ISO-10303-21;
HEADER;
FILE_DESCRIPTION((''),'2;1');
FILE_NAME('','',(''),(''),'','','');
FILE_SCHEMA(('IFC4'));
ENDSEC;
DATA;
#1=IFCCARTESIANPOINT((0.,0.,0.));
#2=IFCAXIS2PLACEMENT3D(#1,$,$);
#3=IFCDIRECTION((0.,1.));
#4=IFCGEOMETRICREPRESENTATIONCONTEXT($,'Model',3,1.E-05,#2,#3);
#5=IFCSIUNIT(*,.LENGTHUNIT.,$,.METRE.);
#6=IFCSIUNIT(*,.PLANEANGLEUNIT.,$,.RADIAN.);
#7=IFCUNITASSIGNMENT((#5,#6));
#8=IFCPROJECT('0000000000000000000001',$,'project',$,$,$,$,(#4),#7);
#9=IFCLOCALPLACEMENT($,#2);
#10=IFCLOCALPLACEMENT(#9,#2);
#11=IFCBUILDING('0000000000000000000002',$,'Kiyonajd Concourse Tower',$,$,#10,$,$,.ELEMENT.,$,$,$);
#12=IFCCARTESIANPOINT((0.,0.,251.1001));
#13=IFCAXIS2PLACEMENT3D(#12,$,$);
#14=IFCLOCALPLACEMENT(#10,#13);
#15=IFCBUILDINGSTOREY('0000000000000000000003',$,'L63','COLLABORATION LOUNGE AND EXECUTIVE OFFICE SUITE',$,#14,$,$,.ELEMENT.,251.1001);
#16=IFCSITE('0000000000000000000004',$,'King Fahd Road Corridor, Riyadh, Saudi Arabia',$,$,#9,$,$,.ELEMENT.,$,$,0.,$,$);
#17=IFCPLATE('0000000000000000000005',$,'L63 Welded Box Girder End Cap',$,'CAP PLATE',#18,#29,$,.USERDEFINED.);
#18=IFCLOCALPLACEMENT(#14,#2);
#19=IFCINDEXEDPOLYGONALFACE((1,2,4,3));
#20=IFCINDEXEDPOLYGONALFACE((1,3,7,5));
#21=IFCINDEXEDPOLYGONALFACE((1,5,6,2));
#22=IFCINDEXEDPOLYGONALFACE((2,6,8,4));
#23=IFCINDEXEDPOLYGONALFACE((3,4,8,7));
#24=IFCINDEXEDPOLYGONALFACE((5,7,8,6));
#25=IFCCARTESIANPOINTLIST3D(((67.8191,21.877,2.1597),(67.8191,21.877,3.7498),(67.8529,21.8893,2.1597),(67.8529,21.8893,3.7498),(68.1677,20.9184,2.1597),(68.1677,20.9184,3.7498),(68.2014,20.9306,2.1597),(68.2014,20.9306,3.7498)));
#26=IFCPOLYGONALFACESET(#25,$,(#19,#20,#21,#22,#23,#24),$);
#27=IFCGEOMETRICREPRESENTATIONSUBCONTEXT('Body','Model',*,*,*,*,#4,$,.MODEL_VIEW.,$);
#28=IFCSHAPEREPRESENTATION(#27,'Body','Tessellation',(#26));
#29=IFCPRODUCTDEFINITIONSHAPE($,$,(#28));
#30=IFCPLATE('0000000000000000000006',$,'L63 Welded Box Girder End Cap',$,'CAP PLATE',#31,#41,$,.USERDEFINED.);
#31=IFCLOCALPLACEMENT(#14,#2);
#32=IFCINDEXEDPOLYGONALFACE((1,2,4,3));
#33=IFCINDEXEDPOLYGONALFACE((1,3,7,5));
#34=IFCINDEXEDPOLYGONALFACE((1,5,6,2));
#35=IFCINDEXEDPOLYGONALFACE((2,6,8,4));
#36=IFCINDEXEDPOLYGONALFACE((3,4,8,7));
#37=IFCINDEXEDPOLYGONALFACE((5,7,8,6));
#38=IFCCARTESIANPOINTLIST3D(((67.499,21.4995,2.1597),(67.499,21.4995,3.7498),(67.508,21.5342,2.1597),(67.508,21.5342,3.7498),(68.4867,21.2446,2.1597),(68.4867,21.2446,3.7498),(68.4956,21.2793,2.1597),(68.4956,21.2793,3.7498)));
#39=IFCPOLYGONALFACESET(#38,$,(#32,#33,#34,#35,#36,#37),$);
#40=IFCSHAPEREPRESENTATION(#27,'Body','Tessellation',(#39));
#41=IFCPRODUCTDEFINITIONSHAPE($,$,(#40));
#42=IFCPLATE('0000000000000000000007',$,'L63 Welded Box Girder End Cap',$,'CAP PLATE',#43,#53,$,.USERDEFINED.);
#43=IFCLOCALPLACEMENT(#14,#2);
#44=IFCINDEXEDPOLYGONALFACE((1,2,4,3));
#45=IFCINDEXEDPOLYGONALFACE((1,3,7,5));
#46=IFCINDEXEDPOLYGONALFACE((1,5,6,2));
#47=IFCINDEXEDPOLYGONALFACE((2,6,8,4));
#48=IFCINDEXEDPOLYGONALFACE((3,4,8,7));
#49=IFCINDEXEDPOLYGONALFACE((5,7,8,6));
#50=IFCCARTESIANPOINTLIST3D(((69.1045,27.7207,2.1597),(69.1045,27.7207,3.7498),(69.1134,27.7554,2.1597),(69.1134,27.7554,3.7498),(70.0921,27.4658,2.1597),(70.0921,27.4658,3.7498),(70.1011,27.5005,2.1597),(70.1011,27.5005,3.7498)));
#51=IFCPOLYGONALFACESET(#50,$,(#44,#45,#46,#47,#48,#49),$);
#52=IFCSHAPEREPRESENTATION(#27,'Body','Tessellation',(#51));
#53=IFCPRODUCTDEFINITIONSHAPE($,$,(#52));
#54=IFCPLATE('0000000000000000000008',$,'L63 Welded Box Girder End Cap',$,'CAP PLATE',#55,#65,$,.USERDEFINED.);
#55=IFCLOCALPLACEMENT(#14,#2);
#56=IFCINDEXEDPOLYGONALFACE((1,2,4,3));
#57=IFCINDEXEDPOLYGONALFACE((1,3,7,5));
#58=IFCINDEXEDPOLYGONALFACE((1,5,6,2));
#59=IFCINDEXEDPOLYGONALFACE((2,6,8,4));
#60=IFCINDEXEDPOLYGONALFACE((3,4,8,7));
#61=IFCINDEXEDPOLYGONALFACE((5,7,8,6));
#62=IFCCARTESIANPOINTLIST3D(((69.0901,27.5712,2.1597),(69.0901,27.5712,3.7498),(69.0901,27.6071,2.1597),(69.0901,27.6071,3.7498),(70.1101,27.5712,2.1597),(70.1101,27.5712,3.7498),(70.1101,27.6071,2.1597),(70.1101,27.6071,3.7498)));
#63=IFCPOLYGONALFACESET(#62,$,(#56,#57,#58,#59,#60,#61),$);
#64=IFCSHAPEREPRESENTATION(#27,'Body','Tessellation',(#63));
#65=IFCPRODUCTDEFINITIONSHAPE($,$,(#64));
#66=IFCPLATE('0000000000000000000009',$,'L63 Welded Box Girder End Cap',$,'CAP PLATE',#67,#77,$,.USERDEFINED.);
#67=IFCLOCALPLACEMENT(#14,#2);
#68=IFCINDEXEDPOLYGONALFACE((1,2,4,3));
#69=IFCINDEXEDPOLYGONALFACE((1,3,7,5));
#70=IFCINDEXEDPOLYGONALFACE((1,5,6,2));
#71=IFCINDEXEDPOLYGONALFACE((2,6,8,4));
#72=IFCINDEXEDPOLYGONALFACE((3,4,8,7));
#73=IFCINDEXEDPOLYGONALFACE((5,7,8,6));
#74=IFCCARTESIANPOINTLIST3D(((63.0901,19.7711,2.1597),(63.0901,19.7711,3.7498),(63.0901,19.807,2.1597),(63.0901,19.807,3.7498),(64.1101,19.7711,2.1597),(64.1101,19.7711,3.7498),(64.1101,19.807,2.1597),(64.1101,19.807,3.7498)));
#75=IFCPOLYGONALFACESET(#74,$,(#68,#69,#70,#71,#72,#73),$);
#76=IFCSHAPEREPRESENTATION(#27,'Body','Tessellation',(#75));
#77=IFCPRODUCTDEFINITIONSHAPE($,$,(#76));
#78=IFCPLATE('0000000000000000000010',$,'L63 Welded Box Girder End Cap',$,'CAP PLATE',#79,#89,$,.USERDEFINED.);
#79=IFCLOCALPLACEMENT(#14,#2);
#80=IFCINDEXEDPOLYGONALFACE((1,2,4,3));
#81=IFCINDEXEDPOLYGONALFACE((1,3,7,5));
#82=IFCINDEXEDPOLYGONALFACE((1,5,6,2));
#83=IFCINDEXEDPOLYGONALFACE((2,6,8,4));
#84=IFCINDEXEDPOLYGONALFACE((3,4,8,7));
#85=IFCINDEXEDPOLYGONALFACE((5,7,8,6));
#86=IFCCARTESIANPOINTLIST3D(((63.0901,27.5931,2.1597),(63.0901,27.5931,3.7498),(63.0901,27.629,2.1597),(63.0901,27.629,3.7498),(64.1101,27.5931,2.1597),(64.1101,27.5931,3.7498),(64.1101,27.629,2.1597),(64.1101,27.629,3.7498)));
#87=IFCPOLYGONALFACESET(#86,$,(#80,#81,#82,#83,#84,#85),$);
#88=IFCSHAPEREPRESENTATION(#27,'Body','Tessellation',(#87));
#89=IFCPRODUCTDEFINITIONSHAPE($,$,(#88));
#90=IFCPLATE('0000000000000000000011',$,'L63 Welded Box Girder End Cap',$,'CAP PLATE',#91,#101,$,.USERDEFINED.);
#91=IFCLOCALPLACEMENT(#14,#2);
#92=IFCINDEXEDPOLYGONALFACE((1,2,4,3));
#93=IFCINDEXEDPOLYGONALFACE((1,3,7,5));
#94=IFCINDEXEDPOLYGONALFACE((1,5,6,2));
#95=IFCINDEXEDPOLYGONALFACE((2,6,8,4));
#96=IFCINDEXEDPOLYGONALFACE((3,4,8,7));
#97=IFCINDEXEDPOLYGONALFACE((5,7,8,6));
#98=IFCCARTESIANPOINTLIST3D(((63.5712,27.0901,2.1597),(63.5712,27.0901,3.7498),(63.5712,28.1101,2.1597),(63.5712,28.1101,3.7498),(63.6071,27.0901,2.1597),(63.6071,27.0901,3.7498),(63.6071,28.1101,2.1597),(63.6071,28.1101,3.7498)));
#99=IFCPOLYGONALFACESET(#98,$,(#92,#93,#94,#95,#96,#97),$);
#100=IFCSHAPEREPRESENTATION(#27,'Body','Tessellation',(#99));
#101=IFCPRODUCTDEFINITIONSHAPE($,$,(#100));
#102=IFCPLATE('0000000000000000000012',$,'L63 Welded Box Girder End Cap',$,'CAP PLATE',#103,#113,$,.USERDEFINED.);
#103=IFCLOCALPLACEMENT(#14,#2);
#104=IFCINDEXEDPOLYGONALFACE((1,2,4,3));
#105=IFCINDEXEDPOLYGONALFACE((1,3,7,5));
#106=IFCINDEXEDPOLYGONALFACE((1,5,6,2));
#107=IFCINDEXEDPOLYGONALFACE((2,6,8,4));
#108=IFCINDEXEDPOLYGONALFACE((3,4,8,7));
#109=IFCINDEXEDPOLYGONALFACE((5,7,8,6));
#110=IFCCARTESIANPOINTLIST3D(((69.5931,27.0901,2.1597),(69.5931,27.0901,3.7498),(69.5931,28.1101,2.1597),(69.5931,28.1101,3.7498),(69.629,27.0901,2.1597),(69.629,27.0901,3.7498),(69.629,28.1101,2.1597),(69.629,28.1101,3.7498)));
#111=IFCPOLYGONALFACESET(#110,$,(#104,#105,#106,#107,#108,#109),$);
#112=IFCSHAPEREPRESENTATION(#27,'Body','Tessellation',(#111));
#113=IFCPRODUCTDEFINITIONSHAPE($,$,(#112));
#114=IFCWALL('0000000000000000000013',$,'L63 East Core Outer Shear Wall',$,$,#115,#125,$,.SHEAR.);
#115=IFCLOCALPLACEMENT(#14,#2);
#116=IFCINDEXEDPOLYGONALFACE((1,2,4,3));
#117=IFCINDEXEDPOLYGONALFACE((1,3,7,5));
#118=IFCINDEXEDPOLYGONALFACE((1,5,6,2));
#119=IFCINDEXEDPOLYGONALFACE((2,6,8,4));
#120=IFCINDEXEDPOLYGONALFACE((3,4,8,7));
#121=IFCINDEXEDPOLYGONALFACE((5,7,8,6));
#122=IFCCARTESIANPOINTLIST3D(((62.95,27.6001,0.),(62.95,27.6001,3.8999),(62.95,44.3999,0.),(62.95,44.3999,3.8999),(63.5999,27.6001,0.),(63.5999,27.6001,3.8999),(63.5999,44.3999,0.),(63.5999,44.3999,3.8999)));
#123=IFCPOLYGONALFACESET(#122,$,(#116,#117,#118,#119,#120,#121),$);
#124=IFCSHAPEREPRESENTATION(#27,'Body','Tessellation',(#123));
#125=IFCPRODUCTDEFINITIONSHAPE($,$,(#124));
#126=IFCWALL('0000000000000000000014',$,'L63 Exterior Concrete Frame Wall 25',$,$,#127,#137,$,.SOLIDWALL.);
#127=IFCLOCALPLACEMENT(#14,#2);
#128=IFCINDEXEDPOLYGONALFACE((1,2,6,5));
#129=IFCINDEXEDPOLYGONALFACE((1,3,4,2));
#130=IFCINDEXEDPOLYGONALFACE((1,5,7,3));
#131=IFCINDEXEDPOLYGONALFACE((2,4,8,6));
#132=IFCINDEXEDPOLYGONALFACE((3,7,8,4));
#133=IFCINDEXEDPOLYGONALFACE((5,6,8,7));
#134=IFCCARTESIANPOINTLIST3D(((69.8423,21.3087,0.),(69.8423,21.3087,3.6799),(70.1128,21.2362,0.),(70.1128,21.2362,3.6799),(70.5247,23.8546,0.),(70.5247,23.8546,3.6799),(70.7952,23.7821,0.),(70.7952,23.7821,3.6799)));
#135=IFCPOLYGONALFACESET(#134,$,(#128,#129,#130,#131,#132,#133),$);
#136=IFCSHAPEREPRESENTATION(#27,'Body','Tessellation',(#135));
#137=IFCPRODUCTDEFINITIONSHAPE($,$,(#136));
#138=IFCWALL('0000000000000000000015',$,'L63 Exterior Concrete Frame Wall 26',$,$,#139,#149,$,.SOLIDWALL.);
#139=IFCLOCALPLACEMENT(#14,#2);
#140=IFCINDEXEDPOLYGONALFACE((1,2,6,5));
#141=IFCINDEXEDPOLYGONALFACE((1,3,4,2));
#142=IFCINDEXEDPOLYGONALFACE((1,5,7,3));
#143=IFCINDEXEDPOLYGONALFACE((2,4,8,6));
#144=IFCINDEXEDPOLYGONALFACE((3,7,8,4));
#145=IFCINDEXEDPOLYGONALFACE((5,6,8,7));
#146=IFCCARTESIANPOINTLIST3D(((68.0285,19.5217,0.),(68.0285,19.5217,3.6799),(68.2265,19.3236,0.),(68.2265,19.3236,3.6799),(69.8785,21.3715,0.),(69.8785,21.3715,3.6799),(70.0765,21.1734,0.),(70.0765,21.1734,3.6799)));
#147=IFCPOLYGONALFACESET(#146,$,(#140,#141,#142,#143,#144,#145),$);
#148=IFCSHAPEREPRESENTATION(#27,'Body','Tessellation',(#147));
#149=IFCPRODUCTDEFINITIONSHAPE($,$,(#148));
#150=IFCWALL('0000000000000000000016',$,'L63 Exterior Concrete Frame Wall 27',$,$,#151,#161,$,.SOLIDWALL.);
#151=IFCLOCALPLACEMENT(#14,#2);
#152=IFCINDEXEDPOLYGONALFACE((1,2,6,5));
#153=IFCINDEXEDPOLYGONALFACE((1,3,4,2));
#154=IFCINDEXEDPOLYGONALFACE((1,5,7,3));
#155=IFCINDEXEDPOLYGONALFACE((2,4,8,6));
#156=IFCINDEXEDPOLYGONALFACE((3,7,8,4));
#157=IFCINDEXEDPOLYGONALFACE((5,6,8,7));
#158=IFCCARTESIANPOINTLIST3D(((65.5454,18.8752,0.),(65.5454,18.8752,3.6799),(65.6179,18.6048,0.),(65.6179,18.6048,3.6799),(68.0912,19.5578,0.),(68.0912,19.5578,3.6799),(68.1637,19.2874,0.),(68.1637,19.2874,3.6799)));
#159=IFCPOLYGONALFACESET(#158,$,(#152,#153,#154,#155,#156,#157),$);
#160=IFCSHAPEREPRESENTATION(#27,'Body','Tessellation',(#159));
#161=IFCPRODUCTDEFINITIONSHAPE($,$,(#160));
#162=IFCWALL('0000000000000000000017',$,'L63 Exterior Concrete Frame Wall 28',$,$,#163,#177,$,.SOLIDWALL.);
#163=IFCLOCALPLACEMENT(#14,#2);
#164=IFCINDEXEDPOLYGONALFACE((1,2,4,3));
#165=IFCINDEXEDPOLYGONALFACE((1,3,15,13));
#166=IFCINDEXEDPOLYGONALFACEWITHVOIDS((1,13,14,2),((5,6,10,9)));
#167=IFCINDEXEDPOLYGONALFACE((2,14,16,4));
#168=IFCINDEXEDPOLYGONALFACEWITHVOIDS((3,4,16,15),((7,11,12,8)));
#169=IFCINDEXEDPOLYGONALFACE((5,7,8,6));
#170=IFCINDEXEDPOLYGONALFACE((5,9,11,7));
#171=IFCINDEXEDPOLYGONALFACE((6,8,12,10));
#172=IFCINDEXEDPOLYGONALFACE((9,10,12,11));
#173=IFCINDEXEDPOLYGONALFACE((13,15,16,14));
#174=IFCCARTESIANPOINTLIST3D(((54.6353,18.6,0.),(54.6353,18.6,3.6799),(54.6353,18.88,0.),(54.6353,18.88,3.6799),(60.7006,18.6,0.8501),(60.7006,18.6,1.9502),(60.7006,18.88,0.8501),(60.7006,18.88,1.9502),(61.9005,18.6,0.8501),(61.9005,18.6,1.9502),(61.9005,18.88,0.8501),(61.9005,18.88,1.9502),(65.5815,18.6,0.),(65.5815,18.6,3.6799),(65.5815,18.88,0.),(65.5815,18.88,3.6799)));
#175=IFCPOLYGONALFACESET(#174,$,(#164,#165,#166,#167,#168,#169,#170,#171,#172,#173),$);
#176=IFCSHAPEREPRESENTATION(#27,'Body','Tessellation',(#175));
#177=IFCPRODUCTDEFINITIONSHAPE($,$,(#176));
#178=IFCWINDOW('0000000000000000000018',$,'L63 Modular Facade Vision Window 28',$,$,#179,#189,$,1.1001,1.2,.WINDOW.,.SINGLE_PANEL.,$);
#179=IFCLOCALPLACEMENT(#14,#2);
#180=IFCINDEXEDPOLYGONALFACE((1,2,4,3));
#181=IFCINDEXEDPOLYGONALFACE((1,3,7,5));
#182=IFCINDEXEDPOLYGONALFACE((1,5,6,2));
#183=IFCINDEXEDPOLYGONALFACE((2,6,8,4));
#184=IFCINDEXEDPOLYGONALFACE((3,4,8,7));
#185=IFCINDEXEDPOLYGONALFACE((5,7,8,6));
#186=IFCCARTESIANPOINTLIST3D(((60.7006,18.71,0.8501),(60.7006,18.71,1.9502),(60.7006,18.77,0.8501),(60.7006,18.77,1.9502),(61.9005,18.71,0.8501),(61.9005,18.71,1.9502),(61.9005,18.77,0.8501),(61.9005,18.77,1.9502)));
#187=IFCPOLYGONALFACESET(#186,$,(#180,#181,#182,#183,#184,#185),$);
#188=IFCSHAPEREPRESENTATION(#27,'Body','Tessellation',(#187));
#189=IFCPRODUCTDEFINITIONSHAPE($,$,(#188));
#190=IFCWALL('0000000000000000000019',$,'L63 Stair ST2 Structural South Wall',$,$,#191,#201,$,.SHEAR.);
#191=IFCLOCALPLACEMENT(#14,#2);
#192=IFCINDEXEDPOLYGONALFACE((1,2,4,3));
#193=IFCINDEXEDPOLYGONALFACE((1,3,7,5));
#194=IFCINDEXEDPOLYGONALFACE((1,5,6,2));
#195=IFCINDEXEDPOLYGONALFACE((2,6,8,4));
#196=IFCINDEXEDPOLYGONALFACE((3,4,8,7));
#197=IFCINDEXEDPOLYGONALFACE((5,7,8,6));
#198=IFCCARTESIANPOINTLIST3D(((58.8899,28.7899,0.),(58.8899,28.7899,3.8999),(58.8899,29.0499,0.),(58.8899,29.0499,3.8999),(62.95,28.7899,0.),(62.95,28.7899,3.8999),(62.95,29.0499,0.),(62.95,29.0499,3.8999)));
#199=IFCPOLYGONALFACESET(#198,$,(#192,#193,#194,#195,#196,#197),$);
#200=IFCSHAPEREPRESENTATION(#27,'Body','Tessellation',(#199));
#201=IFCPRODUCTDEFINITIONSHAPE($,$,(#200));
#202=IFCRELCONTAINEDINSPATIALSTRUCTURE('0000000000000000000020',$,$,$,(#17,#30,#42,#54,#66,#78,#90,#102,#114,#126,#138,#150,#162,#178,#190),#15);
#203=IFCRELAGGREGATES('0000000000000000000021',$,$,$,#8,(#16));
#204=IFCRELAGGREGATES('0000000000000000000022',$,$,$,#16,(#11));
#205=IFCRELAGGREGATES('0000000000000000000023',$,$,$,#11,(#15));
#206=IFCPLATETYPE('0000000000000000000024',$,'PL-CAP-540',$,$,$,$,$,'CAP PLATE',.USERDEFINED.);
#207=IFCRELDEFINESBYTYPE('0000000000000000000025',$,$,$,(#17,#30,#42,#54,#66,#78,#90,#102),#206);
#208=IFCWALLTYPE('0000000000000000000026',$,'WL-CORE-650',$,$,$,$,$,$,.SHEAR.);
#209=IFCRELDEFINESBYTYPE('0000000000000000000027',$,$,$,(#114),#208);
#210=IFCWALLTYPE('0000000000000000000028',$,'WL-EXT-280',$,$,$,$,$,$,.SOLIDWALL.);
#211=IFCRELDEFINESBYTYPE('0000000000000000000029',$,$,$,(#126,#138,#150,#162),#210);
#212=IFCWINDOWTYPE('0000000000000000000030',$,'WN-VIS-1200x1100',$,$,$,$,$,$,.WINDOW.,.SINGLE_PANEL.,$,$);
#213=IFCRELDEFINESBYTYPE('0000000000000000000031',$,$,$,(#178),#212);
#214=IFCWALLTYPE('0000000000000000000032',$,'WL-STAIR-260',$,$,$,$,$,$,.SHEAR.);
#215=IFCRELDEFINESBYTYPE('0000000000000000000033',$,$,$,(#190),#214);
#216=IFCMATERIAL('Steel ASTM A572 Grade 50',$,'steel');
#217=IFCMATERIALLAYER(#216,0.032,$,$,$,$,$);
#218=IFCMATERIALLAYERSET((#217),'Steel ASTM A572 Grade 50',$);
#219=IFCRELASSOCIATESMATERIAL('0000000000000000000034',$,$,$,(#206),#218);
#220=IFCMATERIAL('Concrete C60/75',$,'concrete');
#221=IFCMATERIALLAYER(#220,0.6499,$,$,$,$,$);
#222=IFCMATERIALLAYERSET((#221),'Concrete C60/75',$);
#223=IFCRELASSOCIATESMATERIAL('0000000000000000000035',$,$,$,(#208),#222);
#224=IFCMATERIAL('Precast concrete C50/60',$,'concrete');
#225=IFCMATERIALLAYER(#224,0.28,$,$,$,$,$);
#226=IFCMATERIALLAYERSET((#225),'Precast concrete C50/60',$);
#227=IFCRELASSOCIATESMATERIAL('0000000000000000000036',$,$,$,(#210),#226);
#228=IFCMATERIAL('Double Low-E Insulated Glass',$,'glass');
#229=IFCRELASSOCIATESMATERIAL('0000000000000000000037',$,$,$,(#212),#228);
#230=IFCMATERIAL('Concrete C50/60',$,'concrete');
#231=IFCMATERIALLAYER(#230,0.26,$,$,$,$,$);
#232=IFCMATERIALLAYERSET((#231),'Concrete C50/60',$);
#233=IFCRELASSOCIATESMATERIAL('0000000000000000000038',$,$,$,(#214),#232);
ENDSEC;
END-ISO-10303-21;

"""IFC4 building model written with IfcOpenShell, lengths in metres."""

from ifc_helpers import new_model, si_unit, direction, frame, frame_2d, origin, origin_2d, place, context, subcontext, project, spatial, rectangle, extrude, material, layer, layer_set, type_object, element, fill, save


model = new_model("IFC4")

# Units and contexts
model_context = context("Model", 3, precision=1e-05, world=origin(), true_north=direction((0.0, 1.0)))
body_context = subcontext(model_context, "Body", "Model", "MODEL_VIEW")
ifc_project = project(units=[si_unit("LENGTHUNIT", "METRE"), si_unit("PLANEANGLEUNIT", "RADIAN")], contexts=[model_context])

# Site, building, storey
site_placement = place(None, origin())
site = spatial("IfcSite", under=ifc_project, at=site_placement, Name="King Fahd Road Corridor, Riyadh, Saudi Arabia", CompositionType="ELEMENT", RefElevation=0.0)
building_placement = place(site_placement, origin())
building = spatial("IfcBuilding", under=site, at=building_placement, Name="Kiyonajd Concourse Tower", CompositionType="ELEMENT")
storey_placement = place(building_placement, frame((0.0, 0.0, 251.1001)))
storey = spatial("IfcBuildingStorey", under=building, at=storey_placement, Name="L63", Description="COLLABORATION LOUNGE AND EXECUTIVE OFFICE SUITE", CompositionType="ELEMENT", Elevation=251.1001)

# Shared definitions
ifc_material_1 = material(Name="Concrete C60/75", Category="concrete")

# Shared definitions
ifc_material_2 = material(Name="Steel ASTM A572 Grade 50", Category="steel")

# Plates
ifc_layer_1 = layer(ifc_material_2, 0.032)
ifc_layer_set_1 = layer_set([ifc_layer_1], Name="Steel ASTM A572 Grade 50")
plate_type = type_object("IfcPlateType", Name="PL-CAP-540", ElementType="CAP PLATE", PredefinedType="USERDEFINED", material=ifc_layer_set_1)
for number, where, z_axis, x_axis, name in (
    (1, (68.0103, 21.4038, 2.1597), (0.0, 0.0, 1.0), (0.939812, 0.341692, 0.0), "L63 Welded Box Girder End Cap"),
    (2, (67.9973, 21.3894, 2.1597), (0.0, 0.0, 1.0), (-0.249873, -0.968279, 0.0), "L63 Welded Box Girder End Cap"),
    (3, (69.6028, 27.6106, 2.1597), (0.0, 0.0, 1.0), (0.249873, 0.968279, 0.0), "L63 Welded Box Girder End Cap"),
    (4, (69.6001, 27.5891, 2.1597), (0.0, 0.0, 1.0), (0.0, -1.0, 0.0), "L63 Welded Box Girder End Cap"),
    (5, (63.6001, 19.7891, 2.1597), (0.0, 0.0, 1.0), (0.0, -1.0, 0.0), "L63 Welded Box Girder End Cap"),
    (6, (63.6001, 27.6111, 2.1597), (0.0, 0.0, 1.0), (0.0, 1.0, 0.0), "L63 Welded Box Girder End Cap"),
    (7, (63.5891, 27.6001, 2.1597), (0.0, 0.0, 1.0), (-1.0, 0.0, 0.0), "L63 Welded Box Girder End Cap"),
    (8, (69.6111, 27.6001, 2.1597), (0.0, 0.0, 1.0), (1.0, 0.0, 0.0), "L63 Welded Box Girder End Cap"),
):
    element("IfcPlate", number, at=place(storey_placement, frame(where, z_axis=z_axis, x_axis=x_axis)), inside=storey, type_object=plate_type, Name=name, ObjectType="CAP PLATE", PredefinedType="USERDEFINED", context=body_context, shape_type="SweptSolid", body=[
        extrude(rectangle(XDim=0.0359, YDim=1.02, at=origin_2d()), origin(), (0.0, 0.0, 1.0), 1.5901),
    ])

# Walls
ifc_layer_2 = layer(ifc_material_1, 0.6499)
ifc_layer_set_2 = layer_set([ifc_layer_2], Name="Concrete C60/75")
wall_type_1 = type_object("IfcWallType", Name="WL-CORE-650", PredefinedType="SHEAR", material=ifc_layer_set_2)
wall_1_placement = place(storey_placement, frame((63.2749, 27.6001, 0.0), z_axis=(0.0, 0.0, 1.0), x_axis=(0.0, 1.0, 0.0)))
element("IfcWall", 9, at=wall_1_placement, inside=storey, type_object=wall_type_1, Name="L63 East Core Outer Shear Wall", PredefinedType="SHEAR", context=body_context, shape_type="SweptSolid", body=[
    extrude(rectangle(XDim=16.7998, YDim=0.6499, at=frame_2d((8.3999, 0.0))), origin(), (0.0, 0.0, 1.0), 3.8999),
])
ifc_material_3 = material(Name="Precast concrete C50/60", Category="concrete")
ifc_layer_3 = layer(ifc_material_3, 0.28)
ifc_layer_set_3 = layer_set([ifc_layer_3], Name="Precast concrete C50/60")
wall_type_2 = type_object("IfcWallType", Name="WL-EXT-280", PredefinedType="SOLIDWALL", material=ifc_layer_set_3)
wall_2_placement = place(storey_placement, frame((70.6599, 23.8184, 0.0), z_axis=(0.0, 0.0, 1.0), x_axis=(-0.25889, -0.965907, 0.0)))
element("IfcWall", 10, at=wall_2_placement, inside=storey, type_object=wall_type_2, Name="L63 Exterior Concrete Frame Wall 25", PredefinedType="SOLIDWALL", context=body_context, shape_type="SweptSolid", body=[
    extrude(rectangle(XDim=2.6357, YDim=0.28, at=frame_2d((1.3179, 0.0))), origin(), (0.0, 0.0, 1.0), 3.6799),
])
wall_3_placement = place(storey_placement, frame((69.9775, 21.2725, 0.0), z_axis=(0.0, 0.0, 1.0), x_axis=(-0.707153, -0.70706, 0.0)))
element("IfcWall", 11, at=wall_3_placement, inside=storey, type_object=wall_type_2, Name="L63 Exterior Concrete Frame Wall 26", PredefinedType="SOLIDWALL", context=body_context, shape_type="SweptSolid", body=[
    extrude(rectangle(XDim=2.6162, YDim=0.28, at=frame_2d((1.3081, 0.0))), origin(), (0.0, 0.0, 1.0), 3.6799),
])
wall_4_placement = place(storey_placement, frame((68.1274, 19.4226, 0.0), z_axis=(0.0, 0.0, 1.0), x_axis=(-0.965884, -0.258977, 0.0)))
element("IfcWall", 12, at=wall_4_placement, inside=storey, type_object=wall_type_2, Name="L63 Exterior Concrete Frame Wall 27", PredefinedType="SOLIDWALL", context=body_context, shape_type="SweptSolid", body=[
    extrude(rectangle(XDim=2.6357, YDim=0.28, at=frame_2d((1.3179, 0.0))), origin(), (0.0, 0.0, 1.0), 3.6799),
])

# Wall, opening, window
wall_5_placement = place(storey_placement, frame((65.5815, 18.74, 0.0), z_axis=(0.0, 0.0, 1.0), x_axis=(-1.0, 0.0, 0.0)))
wall_5 = element("IfcWall", 13, at=wall_5_placement, inside=storey, type_object=wall_type_2, Name="L63 Exterior Concrete Frame Wall 28", PredefinedType="SOLIDWALL", context=body_context, shape_type="SweptSolid", body=[
    extrude(rectangle(XDim=10.9463, YDim=0.28, at=frame_2d((5.4731, 0.0))), origin(), (0.0, 0.0, 1.0), 3.6799),
])
opening_1_placement = place(wall_5_placement, frame((3.6809, 0.0, 0.8501)))
opening_1 = element("IfcOpeningElement", 14, at=opening_1_placement, cuts=wall_5, PredefinedType="OPENING", context=body_context, shape_type="SweptSolid", body=[
    extrude(rectangle(XDim=1.2, YDim=1.1001, at=frame_2d((0.6001, 0.55))), frame((0.0, 0.1499, 0.0), z_axis=(0.0, -1.0, 0.0), x_axis=(1.0, 0.0, 0.0)), (0.0, 0.0, 1.0), 0.3),
])
ifc_material_4 = material(Name="Double Low-E Insulated Glass", Category="glass")
window_type = type_object("IfcWindowType", Name="WN-VIS-1200x1100", PartitioningType="SINGLE_PANEL", PredefinedType="WINDOW", material=ifc_material_4)
window_placement = place(opening_1_placement, origin())
window = element("IfcWindow", 15, at=window_placement, inside=storey, type_object=window_type, Name="L63 Modular Facade Vision Window 28", OverallHeight=1.1001, OverallWidth=1.2, PartitioningType="SINGLE_PANEL", PredefinedType="WINDOW", context=body_context, shape_type="SweptSolid", body=[
    extrude(rectangle(XDim=1.2, YDim=1.1001, at=frame_2d((0.6001, 0.55))), frame((0.0, 0.03, 0.0), z_axis=(0.0, -1.0, 0.0), x_axis=(1.0, 0.0, 0.0)), (0.0, 0.0, 1.0), 0.0601),
])
fill(opening_1, window)

# Wall
ifc_material_5 = material(Name="Concrete C50/60", Category="concrete")
ifc_layer_4 = layer(ifc_material_5, 0.26)
ifc_layer_set_4 = layer_set([ifc_layer_4], Name="Concrete C50/60")
wall_type_3 = type_object("IfcWallType", Name="WL-STAIR-260", PredefinedType="SHEAR", material=ifc_layer_set_4)
wall_6_placement = place(storey_placement, frame((58.8899, 28.9199, 0.0), z_axis=(0.0, 0.0, 1.0), x_axis=(1.0, 0.0, 0.0)))
element("IfcWall", 16, at=wall_6_placement, inside=storey, type_object=wall_type_3, Name="L63 Stair ST2 Structural South Wall", PredefinedType="SHEAR", context=body_context, shape_type="SweptSolid", body=[
    extrude(rectangle(XDim=4.0601, YDim=0.26, at=frame_2d((2.03, 0.0))), origin(), (0.0, 0.0, 1.0), 3.8999),
])

save(model, "model.ifc")
